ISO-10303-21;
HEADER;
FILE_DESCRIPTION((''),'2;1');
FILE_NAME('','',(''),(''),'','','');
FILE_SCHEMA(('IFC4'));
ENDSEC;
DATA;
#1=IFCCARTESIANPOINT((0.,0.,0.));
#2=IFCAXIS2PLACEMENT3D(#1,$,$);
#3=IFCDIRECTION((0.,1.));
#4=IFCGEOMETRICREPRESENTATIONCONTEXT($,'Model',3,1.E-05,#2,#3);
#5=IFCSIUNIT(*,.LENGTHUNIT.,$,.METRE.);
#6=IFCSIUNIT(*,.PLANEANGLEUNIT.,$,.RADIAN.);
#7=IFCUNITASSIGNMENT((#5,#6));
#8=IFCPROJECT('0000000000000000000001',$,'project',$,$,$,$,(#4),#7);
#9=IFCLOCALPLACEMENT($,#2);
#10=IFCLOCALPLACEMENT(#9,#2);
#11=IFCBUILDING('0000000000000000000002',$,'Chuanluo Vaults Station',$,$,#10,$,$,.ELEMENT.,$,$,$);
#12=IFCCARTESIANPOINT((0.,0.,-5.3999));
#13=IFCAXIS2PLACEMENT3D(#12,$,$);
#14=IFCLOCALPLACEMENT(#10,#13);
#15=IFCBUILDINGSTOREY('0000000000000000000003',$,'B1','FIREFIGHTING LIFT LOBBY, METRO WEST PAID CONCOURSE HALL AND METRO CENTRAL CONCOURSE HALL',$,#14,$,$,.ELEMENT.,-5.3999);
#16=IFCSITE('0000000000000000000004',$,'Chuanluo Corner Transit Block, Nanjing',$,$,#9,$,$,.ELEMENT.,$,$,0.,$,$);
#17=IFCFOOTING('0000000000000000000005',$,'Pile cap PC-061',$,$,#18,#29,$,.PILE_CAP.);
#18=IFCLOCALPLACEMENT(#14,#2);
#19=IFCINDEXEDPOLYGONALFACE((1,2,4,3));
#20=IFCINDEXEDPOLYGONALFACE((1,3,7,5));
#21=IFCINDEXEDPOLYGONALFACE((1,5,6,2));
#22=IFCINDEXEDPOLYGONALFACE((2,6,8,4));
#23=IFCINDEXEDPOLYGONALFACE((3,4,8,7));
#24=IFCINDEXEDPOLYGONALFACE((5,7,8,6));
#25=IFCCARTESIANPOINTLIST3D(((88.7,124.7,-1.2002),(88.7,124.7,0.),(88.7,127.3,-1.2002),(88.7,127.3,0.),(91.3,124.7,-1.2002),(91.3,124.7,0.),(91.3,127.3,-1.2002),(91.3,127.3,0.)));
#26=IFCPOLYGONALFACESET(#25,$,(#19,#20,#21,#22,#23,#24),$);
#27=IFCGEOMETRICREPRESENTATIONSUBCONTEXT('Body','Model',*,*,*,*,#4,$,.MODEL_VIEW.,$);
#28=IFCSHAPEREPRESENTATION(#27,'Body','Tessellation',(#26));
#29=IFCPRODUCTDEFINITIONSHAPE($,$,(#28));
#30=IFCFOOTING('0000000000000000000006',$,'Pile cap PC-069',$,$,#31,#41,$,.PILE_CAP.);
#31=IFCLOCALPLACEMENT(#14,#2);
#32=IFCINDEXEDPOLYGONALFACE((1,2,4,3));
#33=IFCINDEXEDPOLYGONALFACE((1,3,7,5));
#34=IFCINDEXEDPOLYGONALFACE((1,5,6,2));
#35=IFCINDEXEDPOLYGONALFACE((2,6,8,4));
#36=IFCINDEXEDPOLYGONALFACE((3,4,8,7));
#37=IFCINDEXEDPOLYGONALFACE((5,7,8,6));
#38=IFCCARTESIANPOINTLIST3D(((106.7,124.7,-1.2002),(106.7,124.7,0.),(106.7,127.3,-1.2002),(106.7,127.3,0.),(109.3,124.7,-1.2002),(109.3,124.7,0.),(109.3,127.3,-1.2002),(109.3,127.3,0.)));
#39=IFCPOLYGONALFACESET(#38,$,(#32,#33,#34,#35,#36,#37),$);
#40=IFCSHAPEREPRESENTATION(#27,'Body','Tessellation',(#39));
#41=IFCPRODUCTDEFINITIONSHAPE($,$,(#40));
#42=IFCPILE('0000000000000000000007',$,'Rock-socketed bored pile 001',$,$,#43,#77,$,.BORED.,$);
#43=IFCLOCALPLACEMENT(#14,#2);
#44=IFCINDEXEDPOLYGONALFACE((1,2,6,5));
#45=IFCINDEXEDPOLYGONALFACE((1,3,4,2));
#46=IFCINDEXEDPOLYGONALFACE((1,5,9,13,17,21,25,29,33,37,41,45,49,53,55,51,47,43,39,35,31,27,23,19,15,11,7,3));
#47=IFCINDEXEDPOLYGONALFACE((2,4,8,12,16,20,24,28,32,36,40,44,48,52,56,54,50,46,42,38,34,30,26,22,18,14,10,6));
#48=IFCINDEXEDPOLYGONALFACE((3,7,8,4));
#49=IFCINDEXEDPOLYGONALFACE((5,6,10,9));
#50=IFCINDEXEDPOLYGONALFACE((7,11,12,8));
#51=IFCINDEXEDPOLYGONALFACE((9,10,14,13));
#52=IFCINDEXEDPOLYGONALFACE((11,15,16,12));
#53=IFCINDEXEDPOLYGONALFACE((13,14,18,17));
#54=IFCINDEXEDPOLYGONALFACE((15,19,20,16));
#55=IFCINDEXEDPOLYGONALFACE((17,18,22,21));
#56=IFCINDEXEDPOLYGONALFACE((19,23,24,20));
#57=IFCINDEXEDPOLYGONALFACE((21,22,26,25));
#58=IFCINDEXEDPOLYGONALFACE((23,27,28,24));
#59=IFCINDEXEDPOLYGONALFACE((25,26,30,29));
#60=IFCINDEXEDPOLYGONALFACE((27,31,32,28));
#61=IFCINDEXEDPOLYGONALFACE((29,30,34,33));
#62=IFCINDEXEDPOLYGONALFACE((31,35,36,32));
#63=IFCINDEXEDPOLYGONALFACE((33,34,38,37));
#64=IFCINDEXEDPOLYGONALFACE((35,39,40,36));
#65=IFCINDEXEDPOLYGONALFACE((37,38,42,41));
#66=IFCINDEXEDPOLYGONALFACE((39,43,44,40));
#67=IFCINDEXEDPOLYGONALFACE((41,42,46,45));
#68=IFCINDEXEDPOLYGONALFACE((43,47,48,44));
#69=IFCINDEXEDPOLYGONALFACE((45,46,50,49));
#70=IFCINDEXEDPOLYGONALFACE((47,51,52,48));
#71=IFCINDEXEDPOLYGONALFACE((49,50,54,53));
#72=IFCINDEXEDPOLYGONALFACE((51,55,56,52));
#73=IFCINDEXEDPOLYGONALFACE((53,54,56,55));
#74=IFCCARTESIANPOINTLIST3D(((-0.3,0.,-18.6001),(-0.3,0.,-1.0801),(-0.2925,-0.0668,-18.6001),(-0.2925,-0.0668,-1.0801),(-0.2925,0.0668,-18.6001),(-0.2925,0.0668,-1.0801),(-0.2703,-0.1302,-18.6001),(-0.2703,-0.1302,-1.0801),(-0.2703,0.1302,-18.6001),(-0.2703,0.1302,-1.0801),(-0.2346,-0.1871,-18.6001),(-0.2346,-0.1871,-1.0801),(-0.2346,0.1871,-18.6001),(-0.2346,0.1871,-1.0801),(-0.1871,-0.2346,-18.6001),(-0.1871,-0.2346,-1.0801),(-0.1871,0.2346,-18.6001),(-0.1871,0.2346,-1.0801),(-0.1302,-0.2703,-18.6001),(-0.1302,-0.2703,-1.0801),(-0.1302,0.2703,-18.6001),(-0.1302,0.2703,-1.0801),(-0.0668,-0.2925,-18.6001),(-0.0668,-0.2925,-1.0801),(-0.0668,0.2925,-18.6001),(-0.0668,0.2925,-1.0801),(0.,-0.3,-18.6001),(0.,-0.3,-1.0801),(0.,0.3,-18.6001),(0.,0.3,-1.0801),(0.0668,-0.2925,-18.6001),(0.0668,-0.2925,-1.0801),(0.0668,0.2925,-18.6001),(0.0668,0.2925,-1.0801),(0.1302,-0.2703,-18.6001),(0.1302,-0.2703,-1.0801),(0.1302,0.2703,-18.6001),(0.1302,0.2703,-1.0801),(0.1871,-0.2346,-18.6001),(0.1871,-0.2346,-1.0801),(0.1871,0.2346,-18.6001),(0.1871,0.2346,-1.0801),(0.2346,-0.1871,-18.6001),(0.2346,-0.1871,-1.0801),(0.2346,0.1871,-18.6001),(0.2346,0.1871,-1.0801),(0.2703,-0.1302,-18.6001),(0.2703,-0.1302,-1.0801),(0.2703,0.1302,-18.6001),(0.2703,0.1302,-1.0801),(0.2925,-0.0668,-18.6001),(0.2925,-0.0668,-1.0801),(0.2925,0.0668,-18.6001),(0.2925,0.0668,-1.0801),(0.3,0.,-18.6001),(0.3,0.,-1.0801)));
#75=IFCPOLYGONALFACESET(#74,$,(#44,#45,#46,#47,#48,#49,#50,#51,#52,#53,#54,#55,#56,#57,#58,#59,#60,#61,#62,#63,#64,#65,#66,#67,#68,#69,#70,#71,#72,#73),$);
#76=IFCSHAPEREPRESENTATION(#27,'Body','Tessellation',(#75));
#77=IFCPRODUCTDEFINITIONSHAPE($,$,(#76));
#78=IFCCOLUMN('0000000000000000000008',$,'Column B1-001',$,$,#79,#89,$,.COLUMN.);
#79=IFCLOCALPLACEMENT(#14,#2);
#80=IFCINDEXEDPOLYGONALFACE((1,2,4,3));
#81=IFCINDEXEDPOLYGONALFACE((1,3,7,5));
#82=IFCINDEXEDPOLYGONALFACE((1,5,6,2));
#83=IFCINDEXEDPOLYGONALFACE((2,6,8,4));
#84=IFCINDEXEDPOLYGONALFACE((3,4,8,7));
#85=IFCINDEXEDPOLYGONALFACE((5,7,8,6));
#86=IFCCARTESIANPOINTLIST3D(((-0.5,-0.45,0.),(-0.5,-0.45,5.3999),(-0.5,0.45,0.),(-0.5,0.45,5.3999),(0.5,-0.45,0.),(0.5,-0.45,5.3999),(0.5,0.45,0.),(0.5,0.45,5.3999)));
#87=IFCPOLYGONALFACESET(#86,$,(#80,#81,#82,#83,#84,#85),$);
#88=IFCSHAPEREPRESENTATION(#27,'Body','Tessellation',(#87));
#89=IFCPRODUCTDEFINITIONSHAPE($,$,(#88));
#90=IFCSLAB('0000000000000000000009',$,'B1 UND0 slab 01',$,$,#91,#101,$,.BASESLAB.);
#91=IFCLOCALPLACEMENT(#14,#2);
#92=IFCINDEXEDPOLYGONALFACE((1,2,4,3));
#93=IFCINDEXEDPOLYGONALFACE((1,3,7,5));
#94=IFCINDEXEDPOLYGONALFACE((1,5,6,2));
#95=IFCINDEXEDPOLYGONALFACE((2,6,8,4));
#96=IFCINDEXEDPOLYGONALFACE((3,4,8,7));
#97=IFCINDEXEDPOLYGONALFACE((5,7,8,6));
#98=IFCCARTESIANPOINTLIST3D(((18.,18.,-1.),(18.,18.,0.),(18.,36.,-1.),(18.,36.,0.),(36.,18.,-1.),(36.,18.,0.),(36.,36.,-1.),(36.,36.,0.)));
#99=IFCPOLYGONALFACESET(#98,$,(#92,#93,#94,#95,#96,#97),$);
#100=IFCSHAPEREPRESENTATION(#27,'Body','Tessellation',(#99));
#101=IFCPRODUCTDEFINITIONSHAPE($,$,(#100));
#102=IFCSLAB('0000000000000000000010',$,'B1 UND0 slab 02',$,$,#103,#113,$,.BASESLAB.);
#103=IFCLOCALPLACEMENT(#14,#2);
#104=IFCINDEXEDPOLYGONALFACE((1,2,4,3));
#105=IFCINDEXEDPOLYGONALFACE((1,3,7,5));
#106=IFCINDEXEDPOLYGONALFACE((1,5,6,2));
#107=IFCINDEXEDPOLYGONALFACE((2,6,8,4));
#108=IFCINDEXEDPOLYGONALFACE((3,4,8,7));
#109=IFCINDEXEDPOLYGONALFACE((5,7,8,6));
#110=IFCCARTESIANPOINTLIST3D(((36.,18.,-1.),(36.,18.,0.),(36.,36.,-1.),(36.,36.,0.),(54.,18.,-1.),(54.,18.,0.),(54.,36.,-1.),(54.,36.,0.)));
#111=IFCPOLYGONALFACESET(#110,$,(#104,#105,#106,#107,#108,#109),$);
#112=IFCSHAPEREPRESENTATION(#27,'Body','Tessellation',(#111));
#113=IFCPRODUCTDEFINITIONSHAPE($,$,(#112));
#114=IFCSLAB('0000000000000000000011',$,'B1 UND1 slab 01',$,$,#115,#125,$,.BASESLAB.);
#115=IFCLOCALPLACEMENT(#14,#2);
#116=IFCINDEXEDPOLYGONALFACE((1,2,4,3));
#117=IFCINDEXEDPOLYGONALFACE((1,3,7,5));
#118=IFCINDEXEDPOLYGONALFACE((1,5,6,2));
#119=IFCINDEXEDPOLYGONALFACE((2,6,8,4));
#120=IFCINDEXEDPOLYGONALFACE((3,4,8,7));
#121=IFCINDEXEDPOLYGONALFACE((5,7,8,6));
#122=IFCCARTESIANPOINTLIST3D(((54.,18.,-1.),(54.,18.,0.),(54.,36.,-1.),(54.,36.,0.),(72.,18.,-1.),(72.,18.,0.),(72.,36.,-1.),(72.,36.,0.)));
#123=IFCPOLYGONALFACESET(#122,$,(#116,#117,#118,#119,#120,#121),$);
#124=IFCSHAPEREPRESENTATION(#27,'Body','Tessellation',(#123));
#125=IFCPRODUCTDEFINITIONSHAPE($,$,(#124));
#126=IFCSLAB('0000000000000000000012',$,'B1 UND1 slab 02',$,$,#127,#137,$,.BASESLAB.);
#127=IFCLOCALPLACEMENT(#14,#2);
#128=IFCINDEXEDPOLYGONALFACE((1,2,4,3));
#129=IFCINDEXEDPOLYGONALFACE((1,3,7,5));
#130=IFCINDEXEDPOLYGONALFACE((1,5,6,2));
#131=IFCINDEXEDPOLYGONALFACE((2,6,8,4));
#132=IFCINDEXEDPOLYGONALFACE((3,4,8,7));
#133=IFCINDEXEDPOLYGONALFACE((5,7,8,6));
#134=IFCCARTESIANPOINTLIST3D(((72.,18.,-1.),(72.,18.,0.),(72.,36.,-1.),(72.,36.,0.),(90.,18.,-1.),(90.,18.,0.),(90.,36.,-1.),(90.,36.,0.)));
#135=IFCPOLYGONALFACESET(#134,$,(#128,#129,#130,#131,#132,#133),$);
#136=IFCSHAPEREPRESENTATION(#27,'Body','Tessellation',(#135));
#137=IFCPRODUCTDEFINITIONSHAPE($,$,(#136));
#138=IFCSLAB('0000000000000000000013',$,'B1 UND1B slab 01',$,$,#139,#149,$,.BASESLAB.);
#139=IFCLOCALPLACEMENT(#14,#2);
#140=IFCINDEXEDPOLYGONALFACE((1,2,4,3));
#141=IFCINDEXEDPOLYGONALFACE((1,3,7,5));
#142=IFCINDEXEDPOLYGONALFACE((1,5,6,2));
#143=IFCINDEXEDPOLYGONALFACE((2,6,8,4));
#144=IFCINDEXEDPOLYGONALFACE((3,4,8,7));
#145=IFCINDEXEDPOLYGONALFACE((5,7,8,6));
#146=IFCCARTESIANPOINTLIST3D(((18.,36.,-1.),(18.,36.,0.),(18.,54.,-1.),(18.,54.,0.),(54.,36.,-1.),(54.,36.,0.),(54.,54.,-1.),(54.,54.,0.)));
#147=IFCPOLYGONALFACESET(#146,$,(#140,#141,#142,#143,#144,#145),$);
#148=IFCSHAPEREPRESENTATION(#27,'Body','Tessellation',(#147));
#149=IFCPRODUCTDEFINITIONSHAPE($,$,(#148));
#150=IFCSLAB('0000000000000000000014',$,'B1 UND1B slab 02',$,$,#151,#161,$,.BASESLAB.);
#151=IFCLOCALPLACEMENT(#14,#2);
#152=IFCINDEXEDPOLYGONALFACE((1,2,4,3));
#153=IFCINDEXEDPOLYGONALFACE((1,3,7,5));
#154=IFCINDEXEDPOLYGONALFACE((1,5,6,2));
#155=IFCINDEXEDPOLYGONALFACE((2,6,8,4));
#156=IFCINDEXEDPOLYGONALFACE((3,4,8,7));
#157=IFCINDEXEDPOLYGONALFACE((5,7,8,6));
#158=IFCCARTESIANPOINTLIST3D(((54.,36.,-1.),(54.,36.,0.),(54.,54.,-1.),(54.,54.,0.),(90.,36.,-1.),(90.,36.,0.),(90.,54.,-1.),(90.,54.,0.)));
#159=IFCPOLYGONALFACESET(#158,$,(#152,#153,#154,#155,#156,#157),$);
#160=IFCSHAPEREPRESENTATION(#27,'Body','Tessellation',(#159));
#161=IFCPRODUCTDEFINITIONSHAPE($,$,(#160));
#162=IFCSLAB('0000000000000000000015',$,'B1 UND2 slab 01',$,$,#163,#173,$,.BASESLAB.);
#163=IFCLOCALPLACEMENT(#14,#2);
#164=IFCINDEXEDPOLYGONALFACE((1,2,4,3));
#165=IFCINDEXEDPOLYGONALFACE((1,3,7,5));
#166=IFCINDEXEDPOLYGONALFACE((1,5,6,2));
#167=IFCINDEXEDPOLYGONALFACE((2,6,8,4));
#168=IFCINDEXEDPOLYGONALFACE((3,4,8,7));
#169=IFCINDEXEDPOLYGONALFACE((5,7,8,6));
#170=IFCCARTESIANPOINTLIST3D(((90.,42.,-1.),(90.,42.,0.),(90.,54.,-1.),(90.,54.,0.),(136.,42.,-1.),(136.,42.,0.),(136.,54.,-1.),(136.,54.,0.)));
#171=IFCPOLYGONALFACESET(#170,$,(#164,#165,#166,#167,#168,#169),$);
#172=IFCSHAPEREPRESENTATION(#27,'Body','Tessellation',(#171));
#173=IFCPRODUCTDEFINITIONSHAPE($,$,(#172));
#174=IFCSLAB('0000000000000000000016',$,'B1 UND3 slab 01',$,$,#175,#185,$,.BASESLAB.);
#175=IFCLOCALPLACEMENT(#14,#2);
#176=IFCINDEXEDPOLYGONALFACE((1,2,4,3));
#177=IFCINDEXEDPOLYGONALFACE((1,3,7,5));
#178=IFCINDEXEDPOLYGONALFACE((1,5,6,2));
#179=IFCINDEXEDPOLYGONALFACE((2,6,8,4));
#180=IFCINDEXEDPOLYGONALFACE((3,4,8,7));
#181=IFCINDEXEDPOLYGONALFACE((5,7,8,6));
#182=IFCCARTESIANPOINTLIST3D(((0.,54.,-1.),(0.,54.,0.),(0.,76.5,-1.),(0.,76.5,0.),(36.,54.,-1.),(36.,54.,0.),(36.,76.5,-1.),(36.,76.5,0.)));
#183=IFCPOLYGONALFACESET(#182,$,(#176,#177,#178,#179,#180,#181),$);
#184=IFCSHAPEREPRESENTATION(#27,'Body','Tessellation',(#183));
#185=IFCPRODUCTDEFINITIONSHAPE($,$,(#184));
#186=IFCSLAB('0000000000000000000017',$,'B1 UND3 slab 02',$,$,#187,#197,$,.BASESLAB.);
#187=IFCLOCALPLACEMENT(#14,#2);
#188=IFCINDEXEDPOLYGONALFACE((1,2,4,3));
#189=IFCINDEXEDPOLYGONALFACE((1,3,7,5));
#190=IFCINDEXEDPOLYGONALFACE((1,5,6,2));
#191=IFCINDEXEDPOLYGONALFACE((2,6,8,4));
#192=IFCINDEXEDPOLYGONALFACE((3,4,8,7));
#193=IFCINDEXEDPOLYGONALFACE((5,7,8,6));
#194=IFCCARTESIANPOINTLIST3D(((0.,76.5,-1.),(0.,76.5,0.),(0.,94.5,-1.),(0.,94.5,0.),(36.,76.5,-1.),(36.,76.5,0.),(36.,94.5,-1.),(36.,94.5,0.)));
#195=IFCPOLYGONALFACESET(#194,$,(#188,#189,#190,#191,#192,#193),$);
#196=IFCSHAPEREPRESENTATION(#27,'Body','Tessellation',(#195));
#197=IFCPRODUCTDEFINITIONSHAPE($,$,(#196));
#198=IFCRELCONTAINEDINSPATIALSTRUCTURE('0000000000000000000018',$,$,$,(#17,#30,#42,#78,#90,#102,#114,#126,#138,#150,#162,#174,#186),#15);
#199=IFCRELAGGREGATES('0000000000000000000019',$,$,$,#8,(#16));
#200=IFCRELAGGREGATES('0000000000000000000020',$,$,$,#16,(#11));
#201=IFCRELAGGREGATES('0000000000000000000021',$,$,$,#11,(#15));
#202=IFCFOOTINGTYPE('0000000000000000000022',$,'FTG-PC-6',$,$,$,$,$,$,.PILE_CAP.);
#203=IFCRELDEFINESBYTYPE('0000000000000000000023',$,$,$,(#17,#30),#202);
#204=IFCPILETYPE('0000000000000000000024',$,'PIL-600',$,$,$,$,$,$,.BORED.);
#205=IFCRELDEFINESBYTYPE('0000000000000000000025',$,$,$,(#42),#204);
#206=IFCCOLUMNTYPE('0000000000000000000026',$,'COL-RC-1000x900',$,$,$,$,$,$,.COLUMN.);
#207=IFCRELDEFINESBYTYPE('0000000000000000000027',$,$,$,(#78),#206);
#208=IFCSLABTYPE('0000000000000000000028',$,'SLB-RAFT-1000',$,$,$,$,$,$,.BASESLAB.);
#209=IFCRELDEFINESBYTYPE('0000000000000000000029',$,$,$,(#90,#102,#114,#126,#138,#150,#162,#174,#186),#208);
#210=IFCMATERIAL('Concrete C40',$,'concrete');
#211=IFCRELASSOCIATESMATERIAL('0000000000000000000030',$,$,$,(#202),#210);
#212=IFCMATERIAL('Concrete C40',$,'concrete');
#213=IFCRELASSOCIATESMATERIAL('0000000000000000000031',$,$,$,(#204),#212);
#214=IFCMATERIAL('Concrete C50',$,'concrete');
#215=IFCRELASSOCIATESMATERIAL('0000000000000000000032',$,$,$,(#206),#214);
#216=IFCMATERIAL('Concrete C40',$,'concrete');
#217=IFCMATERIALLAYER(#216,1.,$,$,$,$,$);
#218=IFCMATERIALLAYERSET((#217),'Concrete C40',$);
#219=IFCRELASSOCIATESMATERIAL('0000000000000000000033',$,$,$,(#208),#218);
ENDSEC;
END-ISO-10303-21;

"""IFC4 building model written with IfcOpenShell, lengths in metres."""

from ifc_helpers import new_model, si_unit, direction, frame, origin, origin_with_axes, origin_2d, place, context, subcontext, project, spatial, polyline, rectangle, circle, outline, extrude, material, layer, layer_set, material_profile, profile_set, type_object, element, save


model = new_model("IFC4")

# Units and contexts
model_context = context("Model", 3, precision=1e-05, world=origin(), true_north=direction((0.0, 1.0)))
body_context = subcontext(model_context, "Body", "Model", "MODEL_VIEW")
ifc_project = project(units=[si_unit("LENGTHUNIT", "METRE"), si_unit("PLANEANGLEUNIT", "RADIAN")], contexts=[model_context])

# Site, building, storey
site_placement = place(None, origin())
site = spatial("IfcSite", under=ifc_project, at=site_placement, Name="Chuanluo Corner Transit Block, Nanjing", CompositionType="ELEMENT", RefElevation=0.0)
building_placement = place(site_placement, origin())
building = spatial("IfcBuilding", under=site, at=building_placement, Name="Chuanluo Vaults Station", CompositionType="ELEMENT")
storey_placement = place(building_placement, frame((0.0, 0.0, -5.3999)))
storey = spatial("IfcBuildingStorey", under=building, at=storey_placement, Name="B1", Description="FIREFIGHTING LIFT LOBBY, METRO WEST PAID CONCOURSE HALL AND METRO CENTRAL CONCOURSE HALL", CompositionType="ELEMENT", Elevation=-5.3999)

# Footings
ifc_material_1 = material(Name="Concrete C40", Category="concrete")
footing_type = type_object("IfcFootingType", Name="FTG-PC-6", PredefinedType="PILE_CAP", material=ifc_material_1)
footing_1_placement = place(storey_placement, frame((0.0, 0.0, -1.2002)))
element("IfcFooting", 1, at=footing_1_placement, inside=storey, type_object=footing_type, Name="Pile cap PC-061", PredefinedType="PILE_CAP", context=body_context, shape_type="SweptSolid", body=[
    extrude(outline(polyline([(88.7, 124.7), (91.3, 124.7), (91.3, 127.3), (88.7, 127.3), (88.7, 124.7)])), origin(), (0.0, 0.0, 1.0), 1.2002),
])
footing_2_placement = place(storey_placement, frame((0.0, 0.0, -1.2002)))
element("IfcFooting", 2, at=footing_2_placement, inside=storey, type_object=footing_type, Name="Pile cap PC-069", PredefinedType="PILE_CAP", context=body_context, shape_type="SweptSolid", body=[
    extrude(outline(polyline([(106.7, 124.7), (109.3, 124.7), (109.3, 127.3), (106.7, 127.3), (106.7, 124.7)])), origin(), (0.0, 0.0, 1.0), 1.2002),
])

# Pile
ifc_material_2 = material(Name="Concrete C40", Category="concrete")
ifc_material_profile_1 = material_profile(ifc_material_2, circle(Radius=0.3, at=origin_2d()))
ifc_profile_set_1 = profile_set([ifc_material_profile_1], Name="Concrete C40")
pile_type = type_object("IfcPileType", Name="PIL-600", PredefinedType="BORED", material=ifc_profile_set_1)
pile_placement = place(storey_placement, frame((0.0, 0.0, -1.0801), z_axis=(0.0, 0.0, -1.0), x_axis=(1.0, 0.0, 0.0)))
element("IfcPile", 3, at=pile_placement, inside=storey, type_object=pile_type, Name="Rock-socketed bored pile 001", PredefinedType="BORED", context=body_context, shape_type="SweptSolid", body=[
    extrude(circle(Radius=0.3, at=origin_2d()), origin(), (0.0, 0.0, 1.0), 17.52),
])

# Column
ifc_material_3 = material(Name="Concrete C50", Category="concrete")
ifc_material_profile_2 = material_profile(ifc_material_3, rectangle(XDim=1.0, YDim=0.8999, at=origin_2d()))
ifc_profile_set_2 = profile_set([ifc_material_profile_2], Name="Concrete C50")
column_type = type_object("IfcColumnType", Name="COL-RC-1000x900", PredefinedType="COLUMN", material=ifc_profile_set_2)
column_placement = place(storey_placement, origin_with_axes())
element("IfcColumn", 4, at=column_placement, inside=storey, type_object=column_type, Name="Column B1-001", PredefinedType="COLUMN", context=body_context, shape_type="SweptSolid", body=[
    extrude(rectangle(XDim=1.0, YDim=0.8999, at=origin_2d()), origin(), (0.0, 0.0, 1.0), 5.3999),
])

# Slabs
ifc_material_4 = material(Name="Concrete C40", Category="concrete")
ifc_layer = layer(ifc_material_4, 1.0)
ifc_layer_set = layer_set([ifc_layer], Name="Concrete C40")
slab_type = type_object("IfcSlabType", Name="SLB-RAFT-1000", PredefinedType="BASESLAB", material=ifc_layer_set)
slab_1_placement = place(storey_placement, frame((0.0, 0.0, -1.0)))
element("IfcSlab", 5, at=slab_1_placement, inside=storey, type_object=slab_type, Name="B1 UND0 slab 01", PredefinedType="BASESLAB", context=body_context, shape_type="SweptSolid", body=[
    extrude(outline(polyline([(18.0, 18.0), (36.0, 18.0), (36.0, 36.0), (18.0, 36.0), (18.0, 18.0)])), origin(), (0.0, 0.0, 1.0), 1.0),
])
slab_2_placement = place(storey_placement, frame((0.0, 0.0, -1.0)))
element("IfcSlab", 6, at=slab_2_placement, inside=storey, type_object=slab_type, Name="B1 UND0 slab 02", PredefinedType="BASESLAB", context=body_context, shape_type="SweptSolid", body=[
    extrude(outline(polyline([(36.0, 18.0), (54.0, 18.0), (54.0, 36.0), (36.0, 36.0), (36.0, 18.0)])), origin(), (0.0, 0.0, 1.0), 1.0),
])
slab_3_placement = place(storey_placement, frame((0.0, 0.0, -1.0)))
element("IfcSlab", 7, at=slab_3_placement, inside=storey, type_object=slab_type, Name="B1 UND1 slab 01", PredefinedType="BASESLAB", context=body_context, shape_type="SweptSolid", body=[
    extrude(outline(polyline([(54.0, 18.0), (72.0, 18.0), (72.0, 36.0), (54.0, 36.0), (54.0, 18.0)])), origin(), (0.0, 0.0, 1.0), 1.0),
])
slab_4_placement = place(storey_placement, frame((0.0, 0.0, -1.0)))
element("IfcSlab", 8, at=slab_4_placement, inside=storey, type_object=slab_type, Name="B1 UND1 slab 02", PredefinedType="BASESLAB", context=body_context, shape_type="SweptSolid", body=[
    extrude(outline(polyline([(72.0, 18.0), (90.0, 18.0), (90.0, 36.0), (72.0, 36.0), (72.0, 18.0)])), origin(), (0.0, 0.0, 1.0), 1.0),
])
slab_5_placement = place(storey_placement, frame((0.0, 0.0, -1.0)))
element("IfcSlab", 9, at=slab_5_placement, inside=storey, type_object=slab_type, Name="B1 UND1B slab 01", PredefinedType="BASESLAB", context=body_context, shape_type="SweptSolid", body=[
    extrude(outline(polyline([(18.0, 36.0), (54.0, 36.0), (54.0, 54.0), (18.0, 54.0), (18.0, 36.0)])), origin(), (0.0, 0.0, 1.0), 1.0),
])
slab_6_placement = place(storey_placement, frame((0.0, 0.0, -1.0)))
element("IfcSlab", 10, at=slab_6_placement, inside=storey, type_object=slab_type, Name="B1 UND1B slab 02", PredefinedType="BASESLAB", context=body_context, shape_type="SweptSolid", body=[
    extrude(outline(polyline([(54.0, 36.0), (90.0, 36.0), (90.0, 54.0), (54.0, 54.0), (54.0, 36.0)])), origin(), (0.0, 0.0, 1.0), 1.0),
])
slab_7_placement = place(storey_placement, frame((0.0, 0.0, -1.0)))
element("IfcSlab", 11, at=slab_7_placement, inside=storey, type_object=slab_type, Name="B1 UND2 slab 01", PredefinedType="BASESLAB", context=body_context, shape_type="SweptSolid", body=[
    extrude(outline(polyline([(90.0, 42.0), (136.0, 42.0), (136.0, 54.0), (90.0, 54.0), (90.0, 42.0)])), origin(), (0.0, 0.0, 1.0), 1.0),
])
slab_8_placement = place(storey_placement, frame((0.0, 0.0, -1.0)))
element("IfcSlab", 12, at=slab_8_placement, inside=storey, type_object=slab_type, Name="B1 UND3 slab 01", PredefinedType="BASESLAB", context=body_context, shape_type="SweptSolid", body=[
    extrude(outline(polyline([(0.0, 54.0), (36.0, 54.0), (36.0, 76.5), (0.0, 76.5), (0.0, 54.0)])), origin(), (0.0, 0.0, 1.0), 1.0),
])
slab_9_placement = place(storey_placement, frame((0.0, 0.0, -1.0)))
element("IfcSlab", 13, at=slab_9_placement, inside=storey, type_object=slab_type, Name="B1 UND3 slab 02", PredefinedType="BASESLAB", context=body_context, shape_type="SweptSolid", body=[
    extrude(outline(polyline([(0.0, 76.5), (36.0, 76.5), (36.0, 94.5), (0.0, 94.5), (0.0, 76.5)])), origin(), (0.0, 0.0, 1.0), 1.0),
])

save(model, "model.ifc")
